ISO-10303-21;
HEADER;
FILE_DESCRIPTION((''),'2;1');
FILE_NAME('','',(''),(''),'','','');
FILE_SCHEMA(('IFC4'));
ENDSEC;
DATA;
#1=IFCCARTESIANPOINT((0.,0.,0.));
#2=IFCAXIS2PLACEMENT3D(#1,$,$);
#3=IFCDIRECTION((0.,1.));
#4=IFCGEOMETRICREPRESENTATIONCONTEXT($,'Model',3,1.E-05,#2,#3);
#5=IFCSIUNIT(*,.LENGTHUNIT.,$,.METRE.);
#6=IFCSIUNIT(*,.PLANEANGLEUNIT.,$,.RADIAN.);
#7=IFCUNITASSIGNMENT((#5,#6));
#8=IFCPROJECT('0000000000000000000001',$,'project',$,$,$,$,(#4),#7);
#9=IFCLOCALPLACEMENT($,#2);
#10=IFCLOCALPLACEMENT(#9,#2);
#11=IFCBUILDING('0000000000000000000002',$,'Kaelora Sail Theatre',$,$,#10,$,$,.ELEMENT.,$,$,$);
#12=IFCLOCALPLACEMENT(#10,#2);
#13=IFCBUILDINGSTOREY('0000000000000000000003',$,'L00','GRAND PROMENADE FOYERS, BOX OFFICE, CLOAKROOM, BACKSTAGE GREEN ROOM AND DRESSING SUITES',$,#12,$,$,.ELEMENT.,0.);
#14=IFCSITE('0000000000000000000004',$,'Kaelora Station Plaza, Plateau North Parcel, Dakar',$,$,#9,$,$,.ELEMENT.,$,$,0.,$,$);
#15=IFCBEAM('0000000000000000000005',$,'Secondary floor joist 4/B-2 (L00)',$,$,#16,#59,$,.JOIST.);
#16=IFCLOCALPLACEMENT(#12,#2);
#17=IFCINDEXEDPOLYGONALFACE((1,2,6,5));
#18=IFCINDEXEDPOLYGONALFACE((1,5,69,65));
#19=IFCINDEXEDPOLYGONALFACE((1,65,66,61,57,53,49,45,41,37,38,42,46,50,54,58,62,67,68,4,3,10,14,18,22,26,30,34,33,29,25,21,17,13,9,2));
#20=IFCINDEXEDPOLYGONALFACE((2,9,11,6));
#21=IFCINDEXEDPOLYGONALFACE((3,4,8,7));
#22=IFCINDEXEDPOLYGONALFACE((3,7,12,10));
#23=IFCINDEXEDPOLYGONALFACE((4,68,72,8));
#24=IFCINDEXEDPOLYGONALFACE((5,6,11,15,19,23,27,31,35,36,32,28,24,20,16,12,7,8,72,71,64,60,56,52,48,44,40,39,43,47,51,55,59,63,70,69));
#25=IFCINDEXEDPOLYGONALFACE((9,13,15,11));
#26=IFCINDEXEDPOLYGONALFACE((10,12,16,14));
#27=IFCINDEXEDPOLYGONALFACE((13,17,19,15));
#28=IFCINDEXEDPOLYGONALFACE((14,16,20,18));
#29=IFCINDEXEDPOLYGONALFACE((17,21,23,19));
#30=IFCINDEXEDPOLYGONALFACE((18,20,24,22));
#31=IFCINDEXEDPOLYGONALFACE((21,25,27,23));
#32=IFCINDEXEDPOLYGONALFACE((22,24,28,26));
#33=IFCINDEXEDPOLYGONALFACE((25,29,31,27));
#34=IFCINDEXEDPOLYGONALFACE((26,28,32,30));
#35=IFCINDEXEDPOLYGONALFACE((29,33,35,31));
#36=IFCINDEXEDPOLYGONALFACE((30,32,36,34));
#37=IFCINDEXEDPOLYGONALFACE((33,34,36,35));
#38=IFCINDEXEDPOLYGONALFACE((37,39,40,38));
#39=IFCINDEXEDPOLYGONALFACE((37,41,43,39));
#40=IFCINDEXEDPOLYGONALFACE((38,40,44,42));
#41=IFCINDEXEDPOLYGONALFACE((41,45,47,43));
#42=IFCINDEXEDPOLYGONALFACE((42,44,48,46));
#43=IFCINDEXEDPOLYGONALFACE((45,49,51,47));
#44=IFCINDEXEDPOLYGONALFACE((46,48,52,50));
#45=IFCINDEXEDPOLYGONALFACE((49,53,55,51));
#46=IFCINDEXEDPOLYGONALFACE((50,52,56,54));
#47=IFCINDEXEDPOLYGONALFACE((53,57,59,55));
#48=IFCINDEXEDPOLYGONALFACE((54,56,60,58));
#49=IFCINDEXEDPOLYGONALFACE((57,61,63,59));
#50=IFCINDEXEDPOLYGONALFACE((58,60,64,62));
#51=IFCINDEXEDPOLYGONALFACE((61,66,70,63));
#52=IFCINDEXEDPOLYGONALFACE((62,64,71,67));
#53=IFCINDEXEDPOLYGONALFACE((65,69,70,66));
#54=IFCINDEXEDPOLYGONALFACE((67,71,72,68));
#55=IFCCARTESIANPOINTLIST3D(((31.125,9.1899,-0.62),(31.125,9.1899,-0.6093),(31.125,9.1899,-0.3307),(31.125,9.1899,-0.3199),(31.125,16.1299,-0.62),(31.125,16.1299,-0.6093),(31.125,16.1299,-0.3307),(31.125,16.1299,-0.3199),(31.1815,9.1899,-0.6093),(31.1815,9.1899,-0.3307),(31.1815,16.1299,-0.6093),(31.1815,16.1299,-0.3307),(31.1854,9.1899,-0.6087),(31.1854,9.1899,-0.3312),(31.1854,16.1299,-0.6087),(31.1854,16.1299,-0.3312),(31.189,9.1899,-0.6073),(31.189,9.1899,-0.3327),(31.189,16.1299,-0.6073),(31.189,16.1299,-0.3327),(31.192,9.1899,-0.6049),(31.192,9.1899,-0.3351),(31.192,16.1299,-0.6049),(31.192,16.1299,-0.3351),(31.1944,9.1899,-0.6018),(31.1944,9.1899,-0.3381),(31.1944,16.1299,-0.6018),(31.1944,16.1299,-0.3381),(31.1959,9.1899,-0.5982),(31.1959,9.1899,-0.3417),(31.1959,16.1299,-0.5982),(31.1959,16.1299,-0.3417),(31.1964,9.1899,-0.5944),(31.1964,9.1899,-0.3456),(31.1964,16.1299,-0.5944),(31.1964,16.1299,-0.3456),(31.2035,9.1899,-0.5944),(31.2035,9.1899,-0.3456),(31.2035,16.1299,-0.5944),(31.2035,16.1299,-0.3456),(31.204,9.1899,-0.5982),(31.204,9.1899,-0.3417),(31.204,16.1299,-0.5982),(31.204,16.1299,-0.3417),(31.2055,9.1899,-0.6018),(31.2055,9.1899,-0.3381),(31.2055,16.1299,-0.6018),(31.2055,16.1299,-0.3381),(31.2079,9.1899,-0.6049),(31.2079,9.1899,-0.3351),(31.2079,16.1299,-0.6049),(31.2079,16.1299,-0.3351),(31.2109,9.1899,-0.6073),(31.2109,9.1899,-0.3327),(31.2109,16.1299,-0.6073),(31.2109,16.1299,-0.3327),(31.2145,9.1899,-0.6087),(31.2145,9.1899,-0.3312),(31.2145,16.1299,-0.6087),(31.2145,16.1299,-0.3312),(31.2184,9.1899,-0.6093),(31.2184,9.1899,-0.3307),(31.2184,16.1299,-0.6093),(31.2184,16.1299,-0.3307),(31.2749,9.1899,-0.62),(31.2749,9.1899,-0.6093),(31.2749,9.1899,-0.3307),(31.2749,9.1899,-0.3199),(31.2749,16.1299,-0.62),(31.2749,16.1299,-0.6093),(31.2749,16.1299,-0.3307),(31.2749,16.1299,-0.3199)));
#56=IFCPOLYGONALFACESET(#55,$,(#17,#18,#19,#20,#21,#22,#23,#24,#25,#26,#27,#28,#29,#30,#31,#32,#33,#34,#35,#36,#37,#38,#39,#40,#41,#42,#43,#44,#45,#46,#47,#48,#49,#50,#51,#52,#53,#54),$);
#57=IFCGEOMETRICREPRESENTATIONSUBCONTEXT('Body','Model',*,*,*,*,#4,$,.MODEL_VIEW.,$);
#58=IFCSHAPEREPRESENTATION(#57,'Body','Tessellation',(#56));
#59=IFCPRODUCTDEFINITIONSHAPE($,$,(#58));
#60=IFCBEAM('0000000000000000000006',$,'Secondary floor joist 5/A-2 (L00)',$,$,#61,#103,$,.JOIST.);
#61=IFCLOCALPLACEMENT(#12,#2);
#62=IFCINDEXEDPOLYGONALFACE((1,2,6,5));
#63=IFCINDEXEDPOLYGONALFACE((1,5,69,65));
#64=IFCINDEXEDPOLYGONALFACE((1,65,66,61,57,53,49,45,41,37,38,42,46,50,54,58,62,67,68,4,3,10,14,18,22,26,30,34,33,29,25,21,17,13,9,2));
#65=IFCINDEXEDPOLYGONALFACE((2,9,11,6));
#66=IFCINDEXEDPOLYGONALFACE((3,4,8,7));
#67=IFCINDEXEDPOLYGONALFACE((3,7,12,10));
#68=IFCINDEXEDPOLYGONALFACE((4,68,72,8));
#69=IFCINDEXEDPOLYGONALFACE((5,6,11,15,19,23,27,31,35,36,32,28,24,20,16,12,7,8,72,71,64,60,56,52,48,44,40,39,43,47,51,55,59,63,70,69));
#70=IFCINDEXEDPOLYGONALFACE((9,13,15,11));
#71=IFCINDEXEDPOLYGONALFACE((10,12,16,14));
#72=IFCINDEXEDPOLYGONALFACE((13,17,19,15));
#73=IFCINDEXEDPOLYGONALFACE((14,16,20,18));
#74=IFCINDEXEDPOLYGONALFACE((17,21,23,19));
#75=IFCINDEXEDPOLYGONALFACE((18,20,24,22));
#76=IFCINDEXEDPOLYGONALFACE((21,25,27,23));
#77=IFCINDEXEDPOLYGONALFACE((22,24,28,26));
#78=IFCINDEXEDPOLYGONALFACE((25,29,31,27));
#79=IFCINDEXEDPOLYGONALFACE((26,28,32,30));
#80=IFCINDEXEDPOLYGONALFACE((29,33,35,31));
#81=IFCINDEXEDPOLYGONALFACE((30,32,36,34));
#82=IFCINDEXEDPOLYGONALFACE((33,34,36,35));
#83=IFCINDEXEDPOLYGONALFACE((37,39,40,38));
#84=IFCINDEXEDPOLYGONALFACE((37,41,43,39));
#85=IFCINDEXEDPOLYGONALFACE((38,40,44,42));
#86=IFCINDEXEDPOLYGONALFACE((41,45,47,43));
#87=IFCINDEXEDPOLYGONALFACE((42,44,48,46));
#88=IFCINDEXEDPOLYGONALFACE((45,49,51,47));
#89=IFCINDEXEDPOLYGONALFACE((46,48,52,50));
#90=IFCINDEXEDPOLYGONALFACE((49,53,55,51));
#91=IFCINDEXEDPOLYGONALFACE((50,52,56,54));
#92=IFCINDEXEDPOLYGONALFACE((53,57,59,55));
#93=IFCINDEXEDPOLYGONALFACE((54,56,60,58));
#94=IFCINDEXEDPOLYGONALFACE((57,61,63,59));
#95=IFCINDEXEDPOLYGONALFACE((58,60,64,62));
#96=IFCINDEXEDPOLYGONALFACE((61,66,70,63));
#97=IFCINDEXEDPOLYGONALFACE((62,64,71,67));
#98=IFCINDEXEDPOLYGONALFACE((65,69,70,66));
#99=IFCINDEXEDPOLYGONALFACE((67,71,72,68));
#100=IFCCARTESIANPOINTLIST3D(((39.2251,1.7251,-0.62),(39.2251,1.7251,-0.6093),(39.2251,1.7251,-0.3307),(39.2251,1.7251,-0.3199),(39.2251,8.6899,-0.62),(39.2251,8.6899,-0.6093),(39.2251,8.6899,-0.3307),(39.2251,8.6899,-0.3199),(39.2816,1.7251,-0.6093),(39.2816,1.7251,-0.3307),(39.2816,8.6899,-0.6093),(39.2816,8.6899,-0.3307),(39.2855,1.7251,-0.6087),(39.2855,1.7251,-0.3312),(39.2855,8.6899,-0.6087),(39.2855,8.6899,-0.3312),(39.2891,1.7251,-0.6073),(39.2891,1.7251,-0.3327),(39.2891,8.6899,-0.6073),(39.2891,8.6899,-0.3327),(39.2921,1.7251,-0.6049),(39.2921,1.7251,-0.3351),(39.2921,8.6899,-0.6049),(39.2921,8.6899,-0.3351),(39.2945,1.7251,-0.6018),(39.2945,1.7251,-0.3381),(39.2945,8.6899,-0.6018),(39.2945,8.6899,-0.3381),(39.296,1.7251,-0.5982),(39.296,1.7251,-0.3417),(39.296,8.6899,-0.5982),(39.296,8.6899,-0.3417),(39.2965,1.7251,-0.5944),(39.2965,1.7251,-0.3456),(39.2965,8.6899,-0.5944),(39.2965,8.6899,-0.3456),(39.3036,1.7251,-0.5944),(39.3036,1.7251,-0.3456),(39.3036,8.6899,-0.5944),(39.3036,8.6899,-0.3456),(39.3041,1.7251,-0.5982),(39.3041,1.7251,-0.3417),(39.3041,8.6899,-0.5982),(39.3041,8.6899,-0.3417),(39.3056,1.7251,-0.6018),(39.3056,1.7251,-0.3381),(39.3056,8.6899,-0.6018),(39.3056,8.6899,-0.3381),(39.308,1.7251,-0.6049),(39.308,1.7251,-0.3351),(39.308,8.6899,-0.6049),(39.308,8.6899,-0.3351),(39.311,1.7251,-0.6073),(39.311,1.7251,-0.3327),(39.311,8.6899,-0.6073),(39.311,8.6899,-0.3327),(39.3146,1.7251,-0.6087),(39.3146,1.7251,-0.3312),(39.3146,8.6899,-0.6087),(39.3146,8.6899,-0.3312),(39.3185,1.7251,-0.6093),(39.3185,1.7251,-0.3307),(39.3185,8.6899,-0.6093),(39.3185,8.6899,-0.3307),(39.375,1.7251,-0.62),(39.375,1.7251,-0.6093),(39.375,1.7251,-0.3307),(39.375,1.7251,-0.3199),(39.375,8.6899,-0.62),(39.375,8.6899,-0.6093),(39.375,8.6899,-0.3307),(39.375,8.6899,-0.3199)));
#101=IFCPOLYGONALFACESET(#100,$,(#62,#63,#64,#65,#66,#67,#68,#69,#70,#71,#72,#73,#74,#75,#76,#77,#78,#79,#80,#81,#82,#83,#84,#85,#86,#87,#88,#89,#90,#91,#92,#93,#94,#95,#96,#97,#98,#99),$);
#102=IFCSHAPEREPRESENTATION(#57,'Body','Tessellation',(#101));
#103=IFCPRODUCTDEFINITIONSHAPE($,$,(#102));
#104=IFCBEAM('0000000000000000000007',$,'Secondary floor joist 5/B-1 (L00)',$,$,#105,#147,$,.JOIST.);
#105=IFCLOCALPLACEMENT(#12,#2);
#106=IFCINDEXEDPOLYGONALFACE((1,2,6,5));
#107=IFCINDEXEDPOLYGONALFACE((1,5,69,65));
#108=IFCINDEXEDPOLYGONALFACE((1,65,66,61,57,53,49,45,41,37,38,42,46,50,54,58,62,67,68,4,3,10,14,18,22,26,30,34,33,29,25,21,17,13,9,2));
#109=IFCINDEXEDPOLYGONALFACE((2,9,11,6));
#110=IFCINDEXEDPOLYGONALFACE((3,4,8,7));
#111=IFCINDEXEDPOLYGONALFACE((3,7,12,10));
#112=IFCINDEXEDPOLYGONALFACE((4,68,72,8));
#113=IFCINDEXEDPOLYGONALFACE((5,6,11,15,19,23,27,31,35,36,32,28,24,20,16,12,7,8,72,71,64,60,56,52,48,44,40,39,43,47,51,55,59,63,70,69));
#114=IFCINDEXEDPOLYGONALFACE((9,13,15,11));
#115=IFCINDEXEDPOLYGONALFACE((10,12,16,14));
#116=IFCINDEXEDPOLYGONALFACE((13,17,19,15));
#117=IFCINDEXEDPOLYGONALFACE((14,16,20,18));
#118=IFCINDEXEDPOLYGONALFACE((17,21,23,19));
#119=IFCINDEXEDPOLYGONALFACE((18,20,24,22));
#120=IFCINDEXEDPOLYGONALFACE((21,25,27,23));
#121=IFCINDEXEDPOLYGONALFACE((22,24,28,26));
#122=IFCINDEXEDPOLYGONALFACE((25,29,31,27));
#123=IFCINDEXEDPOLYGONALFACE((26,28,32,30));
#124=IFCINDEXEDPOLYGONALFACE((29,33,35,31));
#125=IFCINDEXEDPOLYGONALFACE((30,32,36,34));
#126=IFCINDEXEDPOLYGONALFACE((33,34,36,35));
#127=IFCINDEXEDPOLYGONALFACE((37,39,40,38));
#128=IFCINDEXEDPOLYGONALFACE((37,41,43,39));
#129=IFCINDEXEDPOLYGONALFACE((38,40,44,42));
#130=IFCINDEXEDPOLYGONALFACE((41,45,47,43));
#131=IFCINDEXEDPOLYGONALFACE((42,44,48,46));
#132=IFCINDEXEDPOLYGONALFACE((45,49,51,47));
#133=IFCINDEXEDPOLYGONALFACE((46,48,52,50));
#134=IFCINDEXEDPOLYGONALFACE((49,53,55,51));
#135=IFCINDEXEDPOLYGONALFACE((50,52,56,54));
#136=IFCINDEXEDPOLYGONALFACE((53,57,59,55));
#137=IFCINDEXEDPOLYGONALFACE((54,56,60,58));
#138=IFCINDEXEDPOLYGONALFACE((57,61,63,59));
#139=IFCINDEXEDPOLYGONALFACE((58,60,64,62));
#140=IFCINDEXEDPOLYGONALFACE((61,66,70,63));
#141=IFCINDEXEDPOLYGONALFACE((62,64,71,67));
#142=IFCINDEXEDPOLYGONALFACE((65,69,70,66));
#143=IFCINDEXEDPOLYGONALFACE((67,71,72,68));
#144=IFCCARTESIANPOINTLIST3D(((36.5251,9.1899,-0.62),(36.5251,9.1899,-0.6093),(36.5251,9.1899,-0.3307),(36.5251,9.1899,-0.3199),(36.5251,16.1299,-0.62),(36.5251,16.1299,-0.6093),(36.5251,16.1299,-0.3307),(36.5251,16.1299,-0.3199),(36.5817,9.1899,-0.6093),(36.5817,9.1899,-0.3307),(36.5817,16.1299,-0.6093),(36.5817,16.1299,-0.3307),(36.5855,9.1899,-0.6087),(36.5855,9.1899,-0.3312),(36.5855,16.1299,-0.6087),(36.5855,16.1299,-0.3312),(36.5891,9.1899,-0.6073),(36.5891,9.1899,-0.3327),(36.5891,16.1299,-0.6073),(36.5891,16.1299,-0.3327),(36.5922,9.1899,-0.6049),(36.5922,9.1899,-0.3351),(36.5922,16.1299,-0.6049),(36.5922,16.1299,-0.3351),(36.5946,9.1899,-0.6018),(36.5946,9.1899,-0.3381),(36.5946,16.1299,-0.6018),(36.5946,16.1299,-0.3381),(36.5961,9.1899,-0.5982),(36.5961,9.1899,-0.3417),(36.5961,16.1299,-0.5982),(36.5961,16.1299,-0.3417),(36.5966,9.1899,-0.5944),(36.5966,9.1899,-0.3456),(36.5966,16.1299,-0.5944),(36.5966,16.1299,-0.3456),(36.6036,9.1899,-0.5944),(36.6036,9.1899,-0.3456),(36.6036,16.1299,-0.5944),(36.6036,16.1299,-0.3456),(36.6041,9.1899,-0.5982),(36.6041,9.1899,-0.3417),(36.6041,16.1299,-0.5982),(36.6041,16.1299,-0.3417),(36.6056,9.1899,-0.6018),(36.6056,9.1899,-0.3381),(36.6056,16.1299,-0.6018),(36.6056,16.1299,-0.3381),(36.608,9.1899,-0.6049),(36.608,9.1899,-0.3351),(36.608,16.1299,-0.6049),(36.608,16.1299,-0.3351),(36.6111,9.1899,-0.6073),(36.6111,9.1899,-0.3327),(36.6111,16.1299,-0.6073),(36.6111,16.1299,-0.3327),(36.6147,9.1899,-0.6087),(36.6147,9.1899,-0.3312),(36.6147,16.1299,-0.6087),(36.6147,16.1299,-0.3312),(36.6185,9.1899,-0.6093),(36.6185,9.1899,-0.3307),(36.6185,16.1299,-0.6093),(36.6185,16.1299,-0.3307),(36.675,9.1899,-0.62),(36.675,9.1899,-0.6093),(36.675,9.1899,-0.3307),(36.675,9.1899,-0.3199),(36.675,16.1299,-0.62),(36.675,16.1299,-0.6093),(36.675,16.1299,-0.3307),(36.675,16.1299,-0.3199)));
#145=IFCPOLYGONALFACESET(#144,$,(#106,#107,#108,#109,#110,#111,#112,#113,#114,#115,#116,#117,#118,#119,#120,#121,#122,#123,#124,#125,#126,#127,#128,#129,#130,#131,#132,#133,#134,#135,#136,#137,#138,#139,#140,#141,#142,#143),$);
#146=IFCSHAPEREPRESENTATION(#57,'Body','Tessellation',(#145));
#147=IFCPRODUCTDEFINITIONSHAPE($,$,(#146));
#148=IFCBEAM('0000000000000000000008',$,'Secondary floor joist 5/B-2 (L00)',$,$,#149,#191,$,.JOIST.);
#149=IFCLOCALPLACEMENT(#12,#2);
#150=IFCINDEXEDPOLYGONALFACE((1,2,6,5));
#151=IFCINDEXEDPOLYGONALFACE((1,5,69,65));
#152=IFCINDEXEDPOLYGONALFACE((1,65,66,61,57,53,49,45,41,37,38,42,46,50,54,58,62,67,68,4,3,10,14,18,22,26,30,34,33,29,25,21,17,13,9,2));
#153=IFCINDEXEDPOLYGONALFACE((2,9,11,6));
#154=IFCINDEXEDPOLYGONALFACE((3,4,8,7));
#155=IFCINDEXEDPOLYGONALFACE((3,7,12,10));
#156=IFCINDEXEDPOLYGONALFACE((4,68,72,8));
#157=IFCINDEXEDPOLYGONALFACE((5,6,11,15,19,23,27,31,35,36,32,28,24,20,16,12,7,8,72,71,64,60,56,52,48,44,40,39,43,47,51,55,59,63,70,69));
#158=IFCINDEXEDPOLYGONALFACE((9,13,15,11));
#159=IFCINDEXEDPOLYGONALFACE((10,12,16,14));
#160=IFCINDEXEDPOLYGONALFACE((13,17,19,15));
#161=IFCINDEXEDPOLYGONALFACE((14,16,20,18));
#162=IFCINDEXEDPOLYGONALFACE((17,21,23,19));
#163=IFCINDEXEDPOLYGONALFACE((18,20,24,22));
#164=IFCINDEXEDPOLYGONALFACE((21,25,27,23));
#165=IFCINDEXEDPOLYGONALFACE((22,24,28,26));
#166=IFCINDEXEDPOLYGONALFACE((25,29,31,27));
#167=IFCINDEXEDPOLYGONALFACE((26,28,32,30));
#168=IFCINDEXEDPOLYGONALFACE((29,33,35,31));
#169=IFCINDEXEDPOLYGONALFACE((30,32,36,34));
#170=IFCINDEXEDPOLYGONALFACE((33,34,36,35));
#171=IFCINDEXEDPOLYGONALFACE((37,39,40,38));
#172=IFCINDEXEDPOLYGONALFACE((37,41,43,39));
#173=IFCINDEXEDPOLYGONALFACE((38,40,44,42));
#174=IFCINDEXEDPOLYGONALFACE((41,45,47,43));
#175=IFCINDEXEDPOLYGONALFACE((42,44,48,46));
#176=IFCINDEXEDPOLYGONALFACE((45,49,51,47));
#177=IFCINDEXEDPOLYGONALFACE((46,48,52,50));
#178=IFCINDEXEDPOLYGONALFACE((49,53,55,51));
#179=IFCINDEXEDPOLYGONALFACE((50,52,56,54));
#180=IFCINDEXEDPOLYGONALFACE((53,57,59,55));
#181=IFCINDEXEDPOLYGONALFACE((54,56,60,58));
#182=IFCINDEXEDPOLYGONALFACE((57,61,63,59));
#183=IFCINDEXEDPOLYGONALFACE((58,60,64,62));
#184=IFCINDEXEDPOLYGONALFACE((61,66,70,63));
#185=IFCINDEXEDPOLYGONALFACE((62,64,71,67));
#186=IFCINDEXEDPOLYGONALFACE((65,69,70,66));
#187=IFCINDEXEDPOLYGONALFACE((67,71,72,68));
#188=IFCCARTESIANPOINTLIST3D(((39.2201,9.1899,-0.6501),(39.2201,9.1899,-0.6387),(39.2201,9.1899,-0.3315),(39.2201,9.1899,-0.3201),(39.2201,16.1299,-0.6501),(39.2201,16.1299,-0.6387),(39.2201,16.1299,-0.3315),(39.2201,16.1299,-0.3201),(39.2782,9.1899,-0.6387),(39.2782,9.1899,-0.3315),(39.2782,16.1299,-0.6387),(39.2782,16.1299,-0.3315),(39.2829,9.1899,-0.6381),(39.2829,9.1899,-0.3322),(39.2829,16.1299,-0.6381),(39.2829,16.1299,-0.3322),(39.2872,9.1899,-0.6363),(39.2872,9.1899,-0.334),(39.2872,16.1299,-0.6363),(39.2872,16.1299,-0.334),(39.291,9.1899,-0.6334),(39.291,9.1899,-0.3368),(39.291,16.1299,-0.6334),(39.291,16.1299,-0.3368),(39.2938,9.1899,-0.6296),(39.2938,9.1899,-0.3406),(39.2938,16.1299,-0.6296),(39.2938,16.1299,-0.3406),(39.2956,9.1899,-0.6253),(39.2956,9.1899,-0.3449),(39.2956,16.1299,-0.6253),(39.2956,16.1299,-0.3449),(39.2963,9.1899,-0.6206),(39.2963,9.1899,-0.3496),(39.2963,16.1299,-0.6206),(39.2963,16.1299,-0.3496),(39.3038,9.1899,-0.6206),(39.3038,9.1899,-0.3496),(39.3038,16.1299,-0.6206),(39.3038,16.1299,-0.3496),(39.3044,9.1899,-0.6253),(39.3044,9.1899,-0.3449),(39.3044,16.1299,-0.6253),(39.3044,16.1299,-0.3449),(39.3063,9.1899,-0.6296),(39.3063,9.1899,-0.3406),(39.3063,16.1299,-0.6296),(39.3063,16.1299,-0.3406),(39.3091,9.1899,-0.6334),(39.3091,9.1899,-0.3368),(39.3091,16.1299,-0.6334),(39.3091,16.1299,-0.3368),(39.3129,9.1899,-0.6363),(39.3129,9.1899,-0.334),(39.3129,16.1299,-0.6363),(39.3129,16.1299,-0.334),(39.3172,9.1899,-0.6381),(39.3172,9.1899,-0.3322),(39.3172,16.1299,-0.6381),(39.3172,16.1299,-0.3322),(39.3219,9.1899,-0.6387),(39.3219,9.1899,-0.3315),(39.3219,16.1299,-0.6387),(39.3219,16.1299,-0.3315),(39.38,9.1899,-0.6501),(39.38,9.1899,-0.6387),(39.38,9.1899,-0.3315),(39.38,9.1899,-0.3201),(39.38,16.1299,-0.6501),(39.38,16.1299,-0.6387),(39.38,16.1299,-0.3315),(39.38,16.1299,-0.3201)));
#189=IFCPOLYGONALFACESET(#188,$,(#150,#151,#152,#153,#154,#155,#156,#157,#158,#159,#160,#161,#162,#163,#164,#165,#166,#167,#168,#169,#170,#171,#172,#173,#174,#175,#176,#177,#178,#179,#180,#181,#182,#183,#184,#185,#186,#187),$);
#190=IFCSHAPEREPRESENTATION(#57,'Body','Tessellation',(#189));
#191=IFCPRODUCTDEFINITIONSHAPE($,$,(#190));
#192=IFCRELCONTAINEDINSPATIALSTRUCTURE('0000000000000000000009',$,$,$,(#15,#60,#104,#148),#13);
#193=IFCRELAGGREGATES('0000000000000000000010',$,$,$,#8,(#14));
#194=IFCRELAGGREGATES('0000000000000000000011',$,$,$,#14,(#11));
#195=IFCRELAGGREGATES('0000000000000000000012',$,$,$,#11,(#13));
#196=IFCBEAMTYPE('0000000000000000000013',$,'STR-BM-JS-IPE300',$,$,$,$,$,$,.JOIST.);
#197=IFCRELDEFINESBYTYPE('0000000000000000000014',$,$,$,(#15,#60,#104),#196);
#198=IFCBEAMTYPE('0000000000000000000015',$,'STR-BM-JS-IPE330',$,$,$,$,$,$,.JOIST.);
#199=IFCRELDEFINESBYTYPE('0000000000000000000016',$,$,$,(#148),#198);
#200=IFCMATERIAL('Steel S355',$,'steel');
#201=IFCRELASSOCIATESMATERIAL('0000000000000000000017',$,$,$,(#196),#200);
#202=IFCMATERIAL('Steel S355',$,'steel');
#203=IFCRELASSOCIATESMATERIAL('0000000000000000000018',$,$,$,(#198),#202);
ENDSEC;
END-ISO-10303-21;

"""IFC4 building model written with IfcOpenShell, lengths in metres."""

from ifc_helpers import new_model, si_unit, direction, frame, origin, origin_2d, place, context, subcontext, project, spatial, i_section, extrude, material, material_profile, profile_set, type_object, element, save


model = new_model("IFC4")

# Units and contexts
model_context = context("Model", 3, precision=1e-05, world=origin(), true_north=direction((0.0, 1.0)))
body_context = subcontext(model_context, "Body", "Model", "MODEL_VIEW")
ifc_project = project(units=[si_unit("LENGTHUNIT", "METRE"), si_unit("PLANEANGLEUNIT", "RADIAN")], contexts=[model_context])

# Site, building, storey
site_placement = place(None, origin())
site = spatial("IfcSite", under=ifc_project, at=site_placement, Name="Kaelora Station Plaza, Plateau North Parcel, Dakar", CompositionType="ELEMENT", RefElevation=0.0)
building_placement = place(site_placement, origin())
building = spatial("IfcBuilding", under=site, at=building_placement, Name="Kaelora Sail Theatre", CompositionType="ELEMENT")
storey_placement = place(building_placement, origin())
storey = spatial("IfcBuildingStorey", under=building, at=storey_placement, Name="L00", Description="GRAND PROMENADE FOYERS, BOX OFFICE, CLOAKROOM, BACKSTAGE GREEN ROOM AND DRESSING SUITES", CompositionType="ELEMENT", Elevation=0.0)

# Beams
ifc_material_1 = material(Name="Steel S355", Category="steel")
ifc_material_profile_1 = material_profile(ifc_material_1, i_section(OverallWidth=0.1499, OverallDepth=0.3, WebThickness=0.0071, FlangeThickness=0.0107, FilletRadius=0.0149, at=origin_2d()), Name="IPE 300")
ifc_profile_set_1 = profile_set([ifc_material_profile_1], Name="Steel S355")
beam_type_1 = type_object("IfcBeamType", Name="STR-BM-JS-IPE300", PredefinedType="JOIST", material=ifc_profile_set_1)
beam_1_placement = place(storey_placement, frame((31.2, 9.1899, -0.47), z_axis=(0.0, 1.0, 0.0), x_axis=(-1.0, 0.0, 0.0)))
element("IfcBeam", 1, at=beam_1_placement, inside=storey, type_object=beam_type_1, Name="Secondary floor joist 4/B-2 (L00)", PredefinedType="JOIST", context=body_context, shape_type="SweptSolid", body=[
    extrude(i_section(OverallWidth=0.1499, OverallDepth=0.3, WebThickness=0.0071, FlangeThickness=0.0107, FilletRadius=0.0149, at=origin_2d()), origin(), (0.0, 0.0, 1.0), 6.9399),
])
beam_2_placement = place(storey_placement, frame((39.3, 1.7251, -0.47), z_axis=(0.0, 1.0, 0.0), x_axis=(-1.0, 0.0, 0.0)))
element("IfcBeam", 2, at=beam_2_placement, inside=storey, type_object=beam_type_1, Name="Secondary floor joist 5/A-2 (L00)", PredefinedType="JOIST", context=body_context, shape_type="SweptSolid", body=[
    extrude(i_section(OverallWidth=0.1499, OverallDepth=0.3, WebThickness=0.0071, FlangeThickness=0.0107, FilletRadius=0.0149, at=origin_2d()), origin(), (0.0, 0.0, 1.0), 6.9648),
])
beam_3_placement = place(storey_placement, frame((36.6001, 9.1899, -0.47), z_axis=(0.0, 1.0, 0.0), x_axis=(-1.0, 0.0, 0.0)))
element("IfcBeam", 3, at=beam_3_placement, inside=storey, type_object=beam_type_1, Name="Secondary floor joist 5/B-1 (L00)", PredefinedType="JOIST", context=body_context, shape_type="SweptSolid", body=[
    extrude(i_section(OverallWidth=0.1499, OverallDepth=0.3, WebThickness=0.0071, FlangeThickness=0.0107, FilletRadius=0.0149, at=origin_2d()), origin(), (0.0, 0.0, 1.0), 6.9399),
])
ifc_material_2 = material(Name="Steel S355", Category="steel")
ifc_material_profile_2 = material_profile(ifc_material_2, i_section(OverallWidth=0.1599, OverallDepth=0.3301, WebThickness=0.0076, FlangeThickness=0.0115, FilletRadius=0.0181, at=origin_2d()), Name="IPE 330")
ifc_profile_set_2 = profile_set([ifc_material_profile_2], Name="Steel S355")
beam_type_2 = type_object("IfcBeamType", Name="STR-BM-JS-IPE330", PredefinedType="JOIST", material=ifc_profile_set_2)
beam_4_placement = place(storey_placement, frame((39.3, 9.1899, -0.4851), z_axis=(0.0, 1.0, 0.0), x_axis=(-1.0, 0.0, 0.0)))
element("IfcBeam", 4, at=beam_4_placement, inside=storey, type_object=beam_type_2, Name="Secondary floor joist 5/B-2 (L00)", PredefinedType="JOIST", context=body_context, shape_type="SweptSolid", body=[
    extrude(i_section(OverallWidth=0.1599, OverallDepth=0.3301, WebThickness=0.0076, FlangeThickness=0.0115, FilletRadius=0.0181, at=origin_2d()), origin(), (0.0, 0.0, 1.0), 6.9399),
])

save(model, "model.ifc")
